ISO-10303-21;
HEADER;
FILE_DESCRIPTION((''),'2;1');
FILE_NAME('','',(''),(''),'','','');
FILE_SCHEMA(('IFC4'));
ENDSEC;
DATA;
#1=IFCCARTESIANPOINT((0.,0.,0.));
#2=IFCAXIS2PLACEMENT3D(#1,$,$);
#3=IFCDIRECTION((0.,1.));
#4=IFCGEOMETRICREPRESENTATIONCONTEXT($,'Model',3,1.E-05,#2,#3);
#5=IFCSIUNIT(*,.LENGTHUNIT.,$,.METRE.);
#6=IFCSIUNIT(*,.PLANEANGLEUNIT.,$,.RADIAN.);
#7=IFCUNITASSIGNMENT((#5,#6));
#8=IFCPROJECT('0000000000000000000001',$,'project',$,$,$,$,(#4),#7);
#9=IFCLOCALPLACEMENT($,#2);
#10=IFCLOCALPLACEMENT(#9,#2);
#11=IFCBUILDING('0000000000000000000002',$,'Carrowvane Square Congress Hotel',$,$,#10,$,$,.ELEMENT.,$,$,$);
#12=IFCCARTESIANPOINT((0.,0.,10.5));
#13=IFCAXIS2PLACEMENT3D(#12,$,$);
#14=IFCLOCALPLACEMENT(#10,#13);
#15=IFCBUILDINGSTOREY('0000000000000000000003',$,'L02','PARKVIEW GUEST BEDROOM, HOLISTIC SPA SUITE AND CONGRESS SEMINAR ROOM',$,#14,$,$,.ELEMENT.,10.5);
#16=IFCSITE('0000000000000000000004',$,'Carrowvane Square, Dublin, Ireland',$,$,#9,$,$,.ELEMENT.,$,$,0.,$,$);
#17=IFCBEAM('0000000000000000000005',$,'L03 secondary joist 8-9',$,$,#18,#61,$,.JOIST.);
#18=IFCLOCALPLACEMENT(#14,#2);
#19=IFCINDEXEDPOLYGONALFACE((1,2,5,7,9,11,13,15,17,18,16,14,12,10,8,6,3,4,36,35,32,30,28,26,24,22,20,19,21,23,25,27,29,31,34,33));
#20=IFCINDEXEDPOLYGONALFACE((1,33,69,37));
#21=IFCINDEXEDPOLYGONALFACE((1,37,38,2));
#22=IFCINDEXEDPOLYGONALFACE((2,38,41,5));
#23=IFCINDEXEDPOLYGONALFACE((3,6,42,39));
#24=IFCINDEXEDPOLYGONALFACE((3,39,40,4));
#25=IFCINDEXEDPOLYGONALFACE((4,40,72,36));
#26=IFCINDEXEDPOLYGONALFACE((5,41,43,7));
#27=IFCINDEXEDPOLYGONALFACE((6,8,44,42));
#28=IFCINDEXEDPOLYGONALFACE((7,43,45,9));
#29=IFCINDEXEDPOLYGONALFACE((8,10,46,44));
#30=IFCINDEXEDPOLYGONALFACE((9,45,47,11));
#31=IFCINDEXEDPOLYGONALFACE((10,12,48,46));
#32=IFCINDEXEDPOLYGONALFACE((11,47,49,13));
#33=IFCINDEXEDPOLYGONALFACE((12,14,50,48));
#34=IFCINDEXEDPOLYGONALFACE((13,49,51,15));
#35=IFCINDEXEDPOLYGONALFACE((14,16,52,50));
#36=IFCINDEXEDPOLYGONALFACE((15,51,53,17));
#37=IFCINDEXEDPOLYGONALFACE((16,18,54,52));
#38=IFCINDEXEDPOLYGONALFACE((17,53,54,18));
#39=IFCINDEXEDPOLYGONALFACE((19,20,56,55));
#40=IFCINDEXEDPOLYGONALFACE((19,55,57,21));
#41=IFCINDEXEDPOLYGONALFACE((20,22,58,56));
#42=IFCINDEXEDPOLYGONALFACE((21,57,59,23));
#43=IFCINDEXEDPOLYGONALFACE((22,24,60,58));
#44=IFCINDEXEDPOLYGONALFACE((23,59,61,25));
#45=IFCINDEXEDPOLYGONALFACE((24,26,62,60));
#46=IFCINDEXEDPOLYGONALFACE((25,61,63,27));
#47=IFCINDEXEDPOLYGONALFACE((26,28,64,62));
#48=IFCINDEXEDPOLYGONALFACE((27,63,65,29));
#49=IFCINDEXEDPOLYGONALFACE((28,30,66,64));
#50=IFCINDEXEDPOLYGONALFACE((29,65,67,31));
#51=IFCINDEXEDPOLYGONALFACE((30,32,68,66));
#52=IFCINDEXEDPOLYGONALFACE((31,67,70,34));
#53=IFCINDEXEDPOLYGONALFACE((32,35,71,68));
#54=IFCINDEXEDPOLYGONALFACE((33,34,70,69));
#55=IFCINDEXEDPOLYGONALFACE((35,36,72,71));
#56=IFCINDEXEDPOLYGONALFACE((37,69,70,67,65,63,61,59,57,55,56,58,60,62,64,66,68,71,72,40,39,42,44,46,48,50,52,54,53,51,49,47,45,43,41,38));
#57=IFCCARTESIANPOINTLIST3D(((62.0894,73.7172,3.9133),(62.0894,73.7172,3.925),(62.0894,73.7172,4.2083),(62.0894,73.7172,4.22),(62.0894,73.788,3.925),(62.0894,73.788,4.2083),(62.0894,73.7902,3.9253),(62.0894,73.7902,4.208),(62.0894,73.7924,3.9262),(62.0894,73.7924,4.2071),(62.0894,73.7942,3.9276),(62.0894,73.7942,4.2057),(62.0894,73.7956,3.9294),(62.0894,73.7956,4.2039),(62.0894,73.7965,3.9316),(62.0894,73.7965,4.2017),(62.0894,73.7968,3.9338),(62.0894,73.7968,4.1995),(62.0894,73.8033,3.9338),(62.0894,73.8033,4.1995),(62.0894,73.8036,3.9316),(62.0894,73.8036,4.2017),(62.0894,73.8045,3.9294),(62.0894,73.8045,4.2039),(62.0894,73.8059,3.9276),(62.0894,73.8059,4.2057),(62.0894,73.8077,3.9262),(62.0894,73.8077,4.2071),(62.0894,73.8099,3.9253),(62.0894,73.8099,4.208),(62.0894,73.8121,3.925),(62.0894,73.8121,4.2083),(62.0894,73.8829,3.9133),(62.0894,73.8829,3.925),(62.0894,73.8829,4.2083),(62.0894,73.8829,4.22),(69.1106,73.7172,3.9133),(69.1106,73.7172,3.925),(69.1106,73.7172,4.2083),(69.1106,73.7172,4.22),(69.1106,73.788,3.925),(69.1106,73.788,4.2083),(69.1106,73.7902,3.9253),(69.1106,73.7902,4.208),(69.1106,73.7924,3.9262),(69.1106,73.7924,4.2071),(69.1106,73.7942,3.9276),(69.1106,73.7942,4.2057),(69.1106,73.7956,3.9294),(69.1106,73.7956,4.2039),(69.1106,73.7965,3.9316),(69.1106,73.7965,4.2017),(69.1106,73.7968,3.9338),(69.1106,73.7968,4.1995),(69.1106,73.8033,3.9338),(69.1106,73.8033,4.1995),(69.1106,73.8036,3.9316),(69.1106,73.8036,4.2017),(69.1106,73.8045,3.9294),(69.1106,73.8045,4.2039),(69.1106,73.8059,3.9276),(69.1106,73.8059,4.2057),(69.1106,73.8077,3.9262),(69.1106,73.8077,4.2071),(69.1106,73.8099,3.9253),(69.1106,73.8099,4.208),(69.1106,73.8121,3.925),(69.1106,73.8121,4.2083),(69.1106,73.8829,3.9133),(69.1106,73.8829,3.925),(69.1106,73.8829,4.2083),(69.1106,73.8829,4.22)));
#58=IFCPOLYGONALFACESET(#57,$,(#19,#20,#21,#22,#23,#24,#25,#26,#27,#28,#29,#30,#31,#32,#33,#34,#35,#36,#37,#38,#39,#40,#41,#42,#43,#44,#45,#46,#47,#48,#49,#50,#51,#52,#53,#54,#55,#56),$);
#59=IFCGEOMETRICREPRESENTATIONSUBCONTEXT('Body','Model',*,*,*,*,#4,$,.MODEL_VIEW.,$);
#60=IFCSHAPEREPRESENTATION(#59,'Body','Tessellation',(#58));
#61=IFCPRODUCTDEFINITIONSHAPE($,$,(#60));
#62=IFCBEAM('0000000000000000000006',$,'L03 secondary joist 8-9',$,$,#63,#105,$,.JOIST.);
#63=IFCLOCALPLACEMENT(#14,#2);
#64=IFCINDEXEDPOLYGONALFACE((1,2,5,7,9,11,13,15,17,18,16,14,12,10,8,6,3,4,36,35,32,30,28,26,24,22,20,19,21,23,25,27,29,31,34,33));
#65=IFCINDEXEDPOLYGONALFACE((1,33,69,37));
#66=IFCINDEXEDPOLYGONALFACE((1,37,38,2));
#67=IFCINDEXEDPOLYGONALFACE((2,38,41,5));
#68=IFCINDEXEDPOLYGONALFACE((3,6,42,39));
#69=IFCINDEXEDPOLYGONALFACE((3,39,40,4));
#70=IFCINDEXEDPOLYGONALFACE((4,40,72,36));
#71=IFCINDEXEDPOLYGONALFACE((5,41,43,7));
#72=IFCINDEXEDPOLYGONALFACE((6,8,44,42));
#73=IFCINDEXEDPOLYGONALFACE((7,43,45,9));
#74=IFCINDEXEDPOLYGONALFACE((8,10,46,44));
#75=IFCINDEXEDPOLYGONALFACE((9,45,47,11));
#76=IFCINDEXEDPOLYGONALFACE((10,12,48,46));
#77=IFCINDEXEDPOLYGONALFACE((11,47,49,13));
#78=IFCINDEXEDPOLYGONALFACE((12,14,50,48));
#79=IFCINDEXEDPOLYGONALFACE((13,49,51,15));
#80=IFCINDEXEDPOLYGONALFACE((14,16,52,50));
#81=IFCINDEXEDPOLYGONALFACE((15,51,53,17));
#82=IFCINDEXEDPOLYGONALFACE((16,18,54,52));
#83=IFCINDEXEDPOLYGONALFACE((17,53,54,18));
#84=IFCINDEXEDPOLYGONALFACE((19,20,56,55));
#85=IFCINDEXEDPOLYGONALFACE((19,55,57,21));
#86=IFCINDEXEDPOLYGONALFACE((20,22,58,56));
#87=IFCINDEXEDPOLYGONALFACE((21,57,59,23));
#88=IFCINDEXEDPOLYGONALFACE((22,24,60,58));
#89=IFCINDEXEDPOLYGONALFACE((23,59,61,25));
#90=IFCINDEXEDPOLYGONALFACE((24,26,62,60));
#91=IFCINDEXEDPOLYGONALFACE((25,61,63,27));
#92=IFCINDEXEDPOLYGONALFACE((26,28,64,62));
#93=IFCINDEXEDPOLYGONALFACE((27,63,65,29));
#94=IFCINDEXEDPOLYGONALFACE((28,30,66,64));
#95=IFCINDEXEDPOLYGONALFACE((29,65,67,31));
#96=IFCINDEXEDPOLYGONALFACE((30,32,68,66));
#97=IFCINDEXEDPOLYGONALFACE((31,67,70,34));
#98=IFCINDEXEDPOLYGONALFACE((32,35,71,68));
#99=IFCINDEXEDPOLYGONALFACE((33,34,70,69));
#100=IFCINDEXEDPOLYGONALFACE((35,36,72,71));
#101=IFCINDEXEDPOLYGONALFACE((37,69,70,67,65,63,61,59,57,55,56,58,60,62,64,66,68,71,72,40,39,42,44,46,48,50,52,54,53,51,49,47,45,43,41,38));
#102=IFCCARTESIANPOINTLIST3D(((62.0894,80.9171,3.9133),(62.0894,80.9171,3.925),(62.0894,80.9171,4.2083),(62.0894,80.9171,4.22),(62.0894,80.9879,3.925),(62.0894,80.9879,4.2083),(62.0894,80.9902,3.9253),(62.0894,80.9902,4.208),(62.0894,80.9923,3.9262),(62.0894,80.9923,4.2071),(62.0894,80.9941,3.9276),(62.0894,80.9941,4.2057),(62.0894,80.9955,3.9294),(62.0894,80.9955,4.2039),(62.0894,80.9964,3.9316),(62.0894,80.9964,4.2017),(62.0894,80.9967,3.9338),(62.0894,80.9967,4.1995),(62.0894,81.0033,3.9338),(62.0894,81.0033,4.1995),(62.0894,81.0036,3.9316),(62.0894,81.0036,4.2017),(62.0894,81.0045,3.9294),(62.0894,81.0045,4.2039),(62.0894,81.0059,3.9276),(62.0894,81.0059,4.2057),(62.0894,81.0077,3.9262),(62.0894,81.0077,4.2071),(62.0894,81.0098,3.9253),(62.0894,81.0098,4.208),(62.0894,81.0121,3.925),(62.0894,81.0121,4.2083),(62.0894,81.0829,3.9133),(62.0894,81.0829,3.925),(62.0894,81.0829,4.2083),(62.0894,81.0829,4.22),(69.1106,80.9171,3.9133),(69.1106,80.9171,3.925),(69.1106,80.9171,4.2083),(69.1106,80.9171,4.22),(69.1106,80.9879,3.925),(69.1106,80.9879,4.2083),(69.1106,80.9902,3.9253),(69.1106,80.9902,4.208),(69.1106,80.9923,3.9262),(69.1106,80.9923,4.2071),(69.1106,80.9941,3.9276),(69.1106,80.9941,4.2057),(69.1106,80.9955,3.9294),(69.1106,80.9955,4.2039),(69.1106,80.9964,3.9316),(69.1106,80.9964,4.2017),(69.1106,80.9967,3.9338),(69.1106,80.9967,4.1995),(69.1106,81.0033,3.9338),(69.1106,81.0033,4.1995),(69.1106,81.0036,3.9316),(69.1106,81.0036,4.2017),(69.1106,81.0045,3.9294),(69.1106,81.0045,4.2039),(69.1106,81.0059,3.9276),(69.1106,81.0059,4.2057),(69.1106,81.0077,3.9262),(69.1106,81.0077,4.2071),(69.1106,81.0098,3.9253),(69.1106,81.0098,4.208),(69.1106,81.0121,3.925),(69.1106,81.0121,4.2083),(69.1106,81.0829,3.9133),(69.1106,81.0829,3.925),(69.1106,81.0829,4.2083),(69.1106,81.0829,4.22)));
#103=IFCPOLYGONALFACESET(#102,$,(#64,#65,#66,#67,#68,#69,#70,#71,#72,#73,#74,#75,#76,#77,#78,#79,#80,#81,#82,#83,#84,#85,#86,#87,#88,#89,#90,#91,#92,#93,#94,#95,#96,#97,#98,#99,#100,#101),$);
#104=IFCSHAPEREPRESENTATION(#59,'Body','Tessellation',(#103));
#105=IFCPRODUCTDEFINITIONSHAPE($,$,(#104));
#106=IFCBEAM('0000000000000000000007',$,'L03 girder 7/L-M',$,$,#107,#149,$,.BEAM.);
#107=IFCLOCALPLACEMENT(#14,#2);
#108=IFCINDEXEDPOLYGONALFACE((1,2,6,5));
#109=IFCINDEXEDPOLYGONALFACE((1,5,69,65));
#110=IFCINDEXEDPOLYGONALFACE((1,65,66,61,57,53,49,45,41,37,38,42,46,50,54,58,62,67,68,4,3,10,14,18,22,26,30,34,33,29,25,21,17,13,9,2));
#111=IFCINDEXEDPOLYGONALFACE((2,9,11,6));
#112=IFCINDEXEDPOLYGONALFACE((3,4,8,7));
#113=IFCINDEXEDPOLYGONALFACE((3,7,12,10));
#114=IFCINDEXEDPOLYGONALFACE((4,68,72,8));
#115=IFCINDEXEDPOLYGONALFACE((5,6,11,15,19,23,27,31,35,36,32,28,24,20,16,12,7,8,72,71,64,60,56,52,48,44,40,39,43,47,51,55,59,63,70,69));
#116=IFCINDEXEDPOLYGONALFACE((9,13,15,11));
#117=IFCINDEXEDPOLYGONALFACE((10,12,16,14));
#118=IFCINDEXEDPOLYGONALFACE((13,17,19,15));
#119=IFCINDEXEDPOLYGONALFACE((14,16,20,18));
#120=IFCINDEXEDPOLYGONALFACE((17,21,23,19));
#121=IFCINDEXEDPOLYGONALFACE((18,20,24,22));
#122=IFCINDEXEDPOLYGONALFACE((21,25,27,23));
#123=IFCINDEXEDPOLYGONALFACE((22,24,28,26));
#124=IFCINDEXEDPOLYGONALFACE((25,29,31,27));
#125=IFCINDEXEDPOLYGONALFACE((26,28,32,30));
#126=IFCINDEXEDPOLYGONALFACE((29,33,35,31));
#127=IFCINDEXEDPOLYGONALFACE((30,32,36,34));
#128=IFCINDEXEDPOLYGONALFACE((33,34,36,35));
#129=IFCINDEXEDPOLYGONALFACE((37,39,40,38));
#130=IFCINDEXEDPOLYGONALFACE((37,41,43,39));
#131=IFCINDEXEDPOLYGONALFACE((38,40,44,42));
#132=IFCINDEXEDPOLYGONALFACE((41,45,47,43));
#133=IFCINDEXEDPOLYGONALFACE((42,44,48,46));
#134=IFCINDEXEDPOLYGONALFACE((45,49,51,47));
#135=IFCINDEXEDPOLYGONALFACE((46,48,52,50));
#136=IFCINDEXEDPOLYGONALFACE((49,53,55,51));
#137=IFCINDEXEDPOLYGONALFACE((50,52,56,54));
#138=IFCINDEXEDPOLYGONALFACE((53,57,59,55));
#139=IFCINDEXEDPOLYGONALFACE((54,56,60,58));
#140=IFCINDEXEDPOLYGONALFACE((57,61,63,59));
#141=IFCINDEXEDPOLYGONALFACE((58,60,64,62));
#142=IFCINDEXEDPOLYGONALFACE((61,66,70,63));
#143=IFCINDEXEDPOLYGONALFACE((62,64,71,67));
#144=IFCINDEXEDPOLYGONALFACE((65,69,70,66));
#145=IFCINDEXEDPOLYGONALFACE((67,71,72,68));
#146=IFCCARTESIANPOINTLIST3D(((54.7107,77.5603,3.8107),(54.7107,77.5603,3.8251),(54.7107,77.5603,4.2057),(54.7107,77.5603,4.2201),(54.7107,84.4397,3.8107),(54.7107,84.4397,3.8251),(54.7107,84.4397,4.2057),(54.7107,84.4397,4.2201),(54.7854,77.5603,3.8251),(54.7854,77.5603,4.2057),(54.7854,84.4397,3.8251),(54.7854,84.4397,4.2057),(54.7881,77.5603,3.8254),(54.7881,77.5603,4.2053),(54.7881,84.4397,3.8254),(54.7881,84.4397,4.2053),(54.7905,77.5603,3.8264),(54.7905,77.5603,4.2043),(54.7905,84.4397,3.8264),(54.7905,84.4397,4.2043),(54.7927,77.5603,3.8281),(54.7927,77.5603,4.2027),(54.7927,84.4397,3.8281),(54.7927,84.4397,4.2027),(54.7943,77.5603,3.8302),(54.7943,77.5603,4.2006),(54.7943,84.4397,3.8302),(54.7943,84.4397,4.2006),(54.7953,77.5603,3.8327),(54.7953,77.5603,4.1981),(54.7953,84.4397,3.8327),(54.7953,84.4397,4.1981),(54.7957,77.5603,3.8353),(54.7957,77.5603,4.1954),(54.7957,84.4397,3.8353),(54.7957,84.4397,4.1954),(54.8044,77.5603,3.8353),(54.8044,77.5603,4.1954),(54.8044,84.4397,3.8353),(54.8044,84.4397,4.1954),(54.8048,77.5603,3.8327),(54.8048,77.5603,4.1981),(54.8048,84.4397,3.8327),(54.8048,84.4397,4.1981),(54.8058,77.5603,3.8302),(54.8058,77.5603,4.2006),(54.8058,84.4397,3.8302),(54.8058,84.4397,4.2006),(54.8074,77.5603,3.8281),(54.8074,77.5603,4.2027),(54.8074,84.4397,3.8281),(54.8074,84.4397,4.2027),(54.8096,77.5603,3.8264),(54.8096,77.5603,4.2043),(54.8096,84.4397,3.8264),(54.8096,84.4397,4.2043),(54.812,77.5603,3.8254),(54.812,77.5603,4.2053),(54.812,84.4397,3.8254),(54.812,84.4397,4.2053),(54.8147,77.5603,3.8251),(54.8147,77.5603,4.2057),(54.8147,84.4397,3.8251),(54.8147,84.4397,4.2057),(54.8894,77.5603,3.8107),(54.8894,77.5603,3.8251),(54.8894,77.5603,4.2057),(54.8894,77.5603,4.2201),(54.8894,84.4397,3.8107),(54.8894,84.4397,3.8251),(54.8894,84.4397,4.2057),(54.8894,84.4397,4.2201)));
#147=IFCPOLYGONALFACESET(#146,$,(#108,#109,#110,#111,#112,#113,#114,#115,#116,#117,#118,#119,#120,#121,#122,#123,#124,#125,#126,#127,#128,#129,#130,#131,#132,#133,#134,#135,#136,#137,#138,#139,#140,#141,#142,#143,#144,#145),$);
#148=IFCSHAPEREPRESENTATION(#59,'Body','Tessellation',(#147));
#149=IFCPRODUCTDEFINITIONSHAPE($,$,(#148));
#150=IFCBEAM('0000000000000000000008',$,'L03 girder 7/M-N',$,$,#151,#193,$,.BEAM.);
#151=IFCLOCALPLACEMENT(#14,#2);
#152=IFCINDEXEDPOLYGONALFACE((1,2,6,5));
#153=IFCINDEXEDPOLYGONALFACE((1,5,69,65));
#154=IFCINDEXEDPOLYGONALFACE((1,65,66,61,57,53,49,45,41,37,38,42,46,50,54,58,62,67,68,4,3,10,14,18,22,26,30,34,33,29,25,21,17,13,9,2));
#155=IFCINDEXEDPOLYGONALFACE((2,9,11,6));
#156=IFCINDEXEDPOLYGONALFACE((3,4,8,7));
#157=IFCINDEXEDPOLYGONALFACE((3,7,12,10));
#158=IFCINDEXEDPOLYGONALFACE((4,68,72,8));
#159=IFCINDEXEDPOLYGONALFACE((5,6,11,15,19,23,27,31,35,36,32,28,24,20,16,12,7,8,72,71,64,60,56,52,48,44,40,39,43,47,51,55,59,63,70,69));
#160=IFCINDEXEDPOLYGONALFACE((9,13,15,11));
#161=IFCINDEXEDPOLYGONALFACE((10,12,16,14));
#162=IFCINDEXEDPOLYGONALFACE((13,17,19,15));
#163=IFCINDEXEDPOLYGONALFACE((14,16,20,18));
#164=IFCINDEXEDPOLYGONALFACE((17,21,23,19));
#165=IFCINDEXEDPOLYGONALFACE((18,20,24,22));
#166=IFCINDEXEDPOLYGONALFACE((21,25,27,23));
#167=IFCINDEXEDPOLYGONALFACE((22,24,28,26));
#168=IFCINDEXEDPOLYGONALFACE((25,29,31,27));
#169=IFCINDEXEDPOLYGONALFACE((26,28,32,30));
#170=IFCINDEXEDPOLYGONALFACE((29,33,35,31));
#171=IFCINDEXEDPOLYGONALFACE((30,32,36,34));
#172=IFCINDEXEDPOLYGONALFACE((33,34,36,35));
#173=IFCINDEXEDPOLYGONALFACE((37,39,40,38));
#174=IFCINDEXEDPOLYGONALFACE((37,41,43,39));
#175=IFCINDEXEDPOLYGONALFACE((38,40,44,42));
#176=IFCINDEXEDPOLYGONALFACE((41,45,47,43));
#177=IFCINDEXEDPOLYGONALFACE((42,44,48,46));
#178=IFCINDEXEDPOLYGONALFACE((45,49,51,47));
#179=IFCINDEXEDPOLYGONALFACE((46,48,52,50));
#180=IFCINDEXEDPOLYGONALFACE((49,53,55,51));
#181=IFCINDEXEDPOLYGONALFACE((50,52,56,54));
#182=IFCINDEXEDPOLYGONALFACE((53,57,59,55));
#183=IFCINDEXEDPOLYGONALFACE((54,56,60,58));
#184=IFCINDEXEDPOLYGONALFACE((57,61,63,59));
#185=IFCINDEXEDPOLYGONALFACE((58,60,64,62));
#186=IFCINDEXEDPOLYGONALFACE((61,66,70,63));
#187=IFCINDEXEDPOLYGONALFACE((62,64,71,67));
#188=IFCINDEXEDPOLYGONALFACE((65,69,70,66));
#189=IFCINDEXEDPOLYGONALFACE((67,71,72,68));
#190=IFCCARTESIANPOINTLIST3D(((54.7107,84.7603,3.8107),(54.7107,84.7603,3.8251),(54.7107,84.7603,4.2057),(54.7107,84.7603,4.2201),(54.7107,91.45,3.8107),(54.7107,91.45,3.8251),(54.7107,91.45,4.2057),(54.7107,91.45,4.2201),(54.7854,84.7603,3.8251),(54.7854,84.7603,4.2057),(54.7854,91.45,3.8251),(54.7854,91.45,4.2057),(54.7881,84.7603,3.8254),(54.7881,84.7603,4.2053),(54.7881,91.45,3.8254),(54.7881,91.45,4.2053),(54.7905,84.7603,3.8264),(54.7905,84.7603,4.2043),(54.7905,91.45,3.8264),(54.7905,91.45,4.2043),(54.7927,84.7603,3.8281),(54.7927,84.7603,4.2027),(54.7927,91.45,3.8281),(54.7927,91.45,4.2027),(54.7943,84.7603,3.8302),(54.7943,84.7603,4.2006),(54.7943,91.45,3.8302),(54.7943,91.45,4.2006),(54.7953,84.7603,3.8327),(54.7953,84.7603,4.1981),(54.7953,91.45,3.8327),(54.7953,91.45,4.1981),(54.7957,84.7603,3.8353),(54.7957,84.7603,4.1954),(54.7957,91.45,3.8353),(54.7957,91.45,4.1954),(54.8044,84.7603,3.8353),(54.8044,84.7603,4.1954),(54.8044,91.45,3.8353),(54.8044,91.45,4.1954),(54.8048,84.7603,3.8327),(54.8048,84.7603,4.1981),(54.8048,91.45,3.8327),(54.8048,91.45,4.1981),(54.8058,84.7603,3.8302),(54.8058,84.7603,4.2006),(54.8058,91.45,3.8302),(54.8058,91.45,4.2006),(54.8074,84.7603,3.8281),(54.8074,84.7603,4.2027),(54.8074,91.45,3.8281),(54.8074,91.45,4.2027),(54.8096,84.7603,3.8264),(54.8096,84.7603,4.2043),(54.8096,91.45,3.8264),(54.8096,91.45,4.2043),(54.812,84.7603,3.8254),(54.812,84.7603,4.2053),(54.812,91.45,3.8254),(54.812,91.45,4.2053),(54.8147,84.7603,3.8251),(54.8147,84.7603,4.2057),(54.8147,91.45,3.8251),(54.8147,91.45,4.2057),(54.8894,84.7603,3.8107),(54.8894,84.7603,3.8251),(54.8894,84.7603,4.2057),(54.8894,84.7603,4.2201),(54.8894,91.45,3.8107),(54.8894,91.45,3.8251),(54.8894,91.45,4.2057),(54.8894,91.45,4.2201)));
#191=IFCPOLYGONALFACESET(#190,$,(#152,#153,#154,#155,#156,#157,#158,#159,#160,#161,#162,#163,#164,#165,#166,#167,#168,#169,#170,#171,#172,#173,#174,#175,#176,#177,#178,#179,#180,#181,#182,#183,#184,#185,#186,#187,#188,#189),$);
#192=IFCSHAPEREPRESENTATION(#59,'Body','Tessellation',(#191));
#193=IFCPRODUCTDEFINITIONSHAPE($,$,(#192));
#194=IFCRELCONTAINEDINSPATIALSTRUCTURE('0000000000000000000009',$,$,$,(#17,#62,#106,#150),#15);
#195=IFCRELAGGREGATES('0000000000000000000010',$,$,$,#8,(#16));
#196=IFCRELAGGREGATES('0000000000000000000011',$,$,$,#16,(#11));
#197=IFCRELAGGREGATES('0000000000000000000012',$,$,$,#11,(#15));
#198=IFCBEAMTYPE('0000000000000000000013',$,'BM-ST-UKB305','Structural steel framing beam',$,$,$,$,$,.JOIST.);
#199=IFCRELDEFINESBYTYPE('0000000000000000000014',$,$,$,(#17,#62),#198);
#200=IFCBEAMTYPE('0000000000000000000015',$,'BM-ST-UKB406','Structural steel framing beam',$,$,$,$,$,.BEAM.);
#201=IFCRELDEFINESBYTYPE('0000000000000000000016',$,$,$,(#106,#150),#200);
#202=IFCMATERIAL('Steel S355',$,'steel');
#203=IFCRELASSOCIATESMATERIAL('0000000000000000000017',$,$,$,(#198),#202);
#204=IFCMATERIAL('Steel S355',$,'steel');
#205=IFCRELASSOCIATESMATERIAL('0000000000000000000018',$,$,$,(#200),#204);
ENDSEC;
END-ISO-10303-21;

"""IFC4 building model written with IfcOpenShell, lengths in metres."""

from ifc_helpers import new_model, si_unit, direction, frame, origin, origin_2d, place, context, subcontext, project, spatial, i_section, extrude, material, material_profile, profile_set, type_object, element, save


model = new_model("IFC4")

# Units and contexts
model_context = context("Model", 3, precision=1e-05, world=origin(), true_north=direction((0.0, 1.0)))
body_context = subcontext(model_context, "Body", "Model", "MODEL_VIEW")
ifc_project = project(units=[si_unit("LENGTHUNIT", "METRE"), si_unit("PLANEANGLEUNIT", "RADIAN")], contexts=[model_context])

# Site, building, storey
site_placement = place(None, origin())
site = spatial("IfcSite", under=ifc_project, at=site_placement, Name="Carrowvane Square, Dublin, Ireland", CompositionType="ELEMENT", RefElevation=0.0)
building_placement = place(site_placement, origin())
building = spatial("IfcBuilding", under=site, at=building_placement, Name="Carrowvane Square Congress Hotel", CompositionType="ELEMENT")
storey_placement = place(building_placement, frame((0.0, 0.0, 10.5)))
storey = spatial("IfcBuildingStorey", under=building, at=storey_placement, Name="L02", Description="PARKVIEW GUEST BEDROOM, HOLISTIC SPA SUITE AND CONGRESS SEMINAR ROOM", CompositionType="ELEMENT", Elevation=10.5)

# Beams
ifc_material_1 = material(Name="Steel S355", Category="steel")
ifc_material_profile_1 = material_profile(ifc_material_1, i_section(OverallWidth=0.1658, OverallDepth=0.3066, WebThickness=0.0066, FlangeThickness=0.0117, FilletRadius=0.0088, at=origin_2d()), Name="UKB 305x165x46")
ifc_profile_set_1 = profile_set([ifc_material_profile_1], Name="Steel S355")
beam_type_1 = type_object("IfcBeamType", Name="BM-ST-UKB305", Description="Structural steel framing beam", PredefinedType="JOIST", material=ifc_profile_set_1)
for number, where, z_axis, x_axis, name in (
    (1, (62.0894, 73.8, 4.0667), (1.0, 0.0, 0.0), (0.0, 1.0, 0.0), "L03 secondary joist 8-9"),
    (2, (62.0894, 81.0, 4.0667), (1.0, 0.0, 0.0), (0.0, 1.0, 0.0), "L03 secondary joist 8-9"),
):
    element("IfcBeam", number, at=place(storey_placement, frame(where, z_axis=z_axis, x_axis=x_axis)), inside=storey, type_object=beam_type_1, Name=name, PredefinedType="JOIST", context=body_context, shape_type="SweptSolid", body=[
        extrude(i_section(OverallWidth=0.1658, OverallDepth=0.3066, WebThickness=0.0066, FlangeThickness=0.0117, FilletRadius=0.0088, at=origin_2d()), origin(), (0.0, 0.0, 1.0), 7.0212),
    ])
ifc_material_2 = material(Name="Steel S355", Category="steel")
ifc_material_profile_2 = material_profile(ifc_material_2, i_section(OverallWidth=0.1787, OverallDepth=0.4094, WebThickness=0.0088, FlangeThickness=0.0144, FilletRadius=0.0103, at=origin_2d()), Name="UKB 406x178x67")
ifc_profile_set_2 = profile_set([ifc_material_profile_2], Name="Steel S355")
beam_type_2 = type_object("IfcBeamType", Name="BM-ST-UKB406", Description="Structural steel framing beam", PredefinedType="BEAM", material=ifc_profile_set_2)
beam_1_placement = place(storey_placement, frame((54.8, 77.5603, 4.0154), z_axis=(0.0, 1.0, 0.0), x_axis=(-1.0, 0.0, 0.0)))
element("IfcBeam", 3, at=beam_1_placement, inside=storey, type_object=beam_type_2, Name="L03 girder 7/L-M", PredefinedType="BEAM", context=body_context, shape_type="SweptSolid", body=[
    extrude(i_section(OverallWidth=0.1787, OverallDepth=0.4094, WebThickness=0.0088, FlangeThickness=0.0144, FilletRadius=0.0103, at=origin_2d()), origin(), (0.0, 0.0, 1.0), 6.8794),
])
beam_2_placement = place(storey_placement, frame((54.8, 84.7603, 4.0154), z_axis=(0.0, 1.0, 0.0), x_axis=(-1.0, 0.0, 0.0)))
element("IfcBeam", 4, at=beam_2_placement, inside=storey, type_object=beam_type_2, Name="L03 girder 7/M-N", PredefinedType="BEAM", context=body_context, shape_type="SweptSolid", body=[
    extrude(i_section(OverallWidth=0.1787, OverallDepth=0.4094, WebThickness=0.0088, FlangeThickness=0.0144, FilletRadius=0.0103, at=origin_2d()), origin(), (0.0, 0.0, 1.0), 6.6897),
])

save(model, "model.ifc")
